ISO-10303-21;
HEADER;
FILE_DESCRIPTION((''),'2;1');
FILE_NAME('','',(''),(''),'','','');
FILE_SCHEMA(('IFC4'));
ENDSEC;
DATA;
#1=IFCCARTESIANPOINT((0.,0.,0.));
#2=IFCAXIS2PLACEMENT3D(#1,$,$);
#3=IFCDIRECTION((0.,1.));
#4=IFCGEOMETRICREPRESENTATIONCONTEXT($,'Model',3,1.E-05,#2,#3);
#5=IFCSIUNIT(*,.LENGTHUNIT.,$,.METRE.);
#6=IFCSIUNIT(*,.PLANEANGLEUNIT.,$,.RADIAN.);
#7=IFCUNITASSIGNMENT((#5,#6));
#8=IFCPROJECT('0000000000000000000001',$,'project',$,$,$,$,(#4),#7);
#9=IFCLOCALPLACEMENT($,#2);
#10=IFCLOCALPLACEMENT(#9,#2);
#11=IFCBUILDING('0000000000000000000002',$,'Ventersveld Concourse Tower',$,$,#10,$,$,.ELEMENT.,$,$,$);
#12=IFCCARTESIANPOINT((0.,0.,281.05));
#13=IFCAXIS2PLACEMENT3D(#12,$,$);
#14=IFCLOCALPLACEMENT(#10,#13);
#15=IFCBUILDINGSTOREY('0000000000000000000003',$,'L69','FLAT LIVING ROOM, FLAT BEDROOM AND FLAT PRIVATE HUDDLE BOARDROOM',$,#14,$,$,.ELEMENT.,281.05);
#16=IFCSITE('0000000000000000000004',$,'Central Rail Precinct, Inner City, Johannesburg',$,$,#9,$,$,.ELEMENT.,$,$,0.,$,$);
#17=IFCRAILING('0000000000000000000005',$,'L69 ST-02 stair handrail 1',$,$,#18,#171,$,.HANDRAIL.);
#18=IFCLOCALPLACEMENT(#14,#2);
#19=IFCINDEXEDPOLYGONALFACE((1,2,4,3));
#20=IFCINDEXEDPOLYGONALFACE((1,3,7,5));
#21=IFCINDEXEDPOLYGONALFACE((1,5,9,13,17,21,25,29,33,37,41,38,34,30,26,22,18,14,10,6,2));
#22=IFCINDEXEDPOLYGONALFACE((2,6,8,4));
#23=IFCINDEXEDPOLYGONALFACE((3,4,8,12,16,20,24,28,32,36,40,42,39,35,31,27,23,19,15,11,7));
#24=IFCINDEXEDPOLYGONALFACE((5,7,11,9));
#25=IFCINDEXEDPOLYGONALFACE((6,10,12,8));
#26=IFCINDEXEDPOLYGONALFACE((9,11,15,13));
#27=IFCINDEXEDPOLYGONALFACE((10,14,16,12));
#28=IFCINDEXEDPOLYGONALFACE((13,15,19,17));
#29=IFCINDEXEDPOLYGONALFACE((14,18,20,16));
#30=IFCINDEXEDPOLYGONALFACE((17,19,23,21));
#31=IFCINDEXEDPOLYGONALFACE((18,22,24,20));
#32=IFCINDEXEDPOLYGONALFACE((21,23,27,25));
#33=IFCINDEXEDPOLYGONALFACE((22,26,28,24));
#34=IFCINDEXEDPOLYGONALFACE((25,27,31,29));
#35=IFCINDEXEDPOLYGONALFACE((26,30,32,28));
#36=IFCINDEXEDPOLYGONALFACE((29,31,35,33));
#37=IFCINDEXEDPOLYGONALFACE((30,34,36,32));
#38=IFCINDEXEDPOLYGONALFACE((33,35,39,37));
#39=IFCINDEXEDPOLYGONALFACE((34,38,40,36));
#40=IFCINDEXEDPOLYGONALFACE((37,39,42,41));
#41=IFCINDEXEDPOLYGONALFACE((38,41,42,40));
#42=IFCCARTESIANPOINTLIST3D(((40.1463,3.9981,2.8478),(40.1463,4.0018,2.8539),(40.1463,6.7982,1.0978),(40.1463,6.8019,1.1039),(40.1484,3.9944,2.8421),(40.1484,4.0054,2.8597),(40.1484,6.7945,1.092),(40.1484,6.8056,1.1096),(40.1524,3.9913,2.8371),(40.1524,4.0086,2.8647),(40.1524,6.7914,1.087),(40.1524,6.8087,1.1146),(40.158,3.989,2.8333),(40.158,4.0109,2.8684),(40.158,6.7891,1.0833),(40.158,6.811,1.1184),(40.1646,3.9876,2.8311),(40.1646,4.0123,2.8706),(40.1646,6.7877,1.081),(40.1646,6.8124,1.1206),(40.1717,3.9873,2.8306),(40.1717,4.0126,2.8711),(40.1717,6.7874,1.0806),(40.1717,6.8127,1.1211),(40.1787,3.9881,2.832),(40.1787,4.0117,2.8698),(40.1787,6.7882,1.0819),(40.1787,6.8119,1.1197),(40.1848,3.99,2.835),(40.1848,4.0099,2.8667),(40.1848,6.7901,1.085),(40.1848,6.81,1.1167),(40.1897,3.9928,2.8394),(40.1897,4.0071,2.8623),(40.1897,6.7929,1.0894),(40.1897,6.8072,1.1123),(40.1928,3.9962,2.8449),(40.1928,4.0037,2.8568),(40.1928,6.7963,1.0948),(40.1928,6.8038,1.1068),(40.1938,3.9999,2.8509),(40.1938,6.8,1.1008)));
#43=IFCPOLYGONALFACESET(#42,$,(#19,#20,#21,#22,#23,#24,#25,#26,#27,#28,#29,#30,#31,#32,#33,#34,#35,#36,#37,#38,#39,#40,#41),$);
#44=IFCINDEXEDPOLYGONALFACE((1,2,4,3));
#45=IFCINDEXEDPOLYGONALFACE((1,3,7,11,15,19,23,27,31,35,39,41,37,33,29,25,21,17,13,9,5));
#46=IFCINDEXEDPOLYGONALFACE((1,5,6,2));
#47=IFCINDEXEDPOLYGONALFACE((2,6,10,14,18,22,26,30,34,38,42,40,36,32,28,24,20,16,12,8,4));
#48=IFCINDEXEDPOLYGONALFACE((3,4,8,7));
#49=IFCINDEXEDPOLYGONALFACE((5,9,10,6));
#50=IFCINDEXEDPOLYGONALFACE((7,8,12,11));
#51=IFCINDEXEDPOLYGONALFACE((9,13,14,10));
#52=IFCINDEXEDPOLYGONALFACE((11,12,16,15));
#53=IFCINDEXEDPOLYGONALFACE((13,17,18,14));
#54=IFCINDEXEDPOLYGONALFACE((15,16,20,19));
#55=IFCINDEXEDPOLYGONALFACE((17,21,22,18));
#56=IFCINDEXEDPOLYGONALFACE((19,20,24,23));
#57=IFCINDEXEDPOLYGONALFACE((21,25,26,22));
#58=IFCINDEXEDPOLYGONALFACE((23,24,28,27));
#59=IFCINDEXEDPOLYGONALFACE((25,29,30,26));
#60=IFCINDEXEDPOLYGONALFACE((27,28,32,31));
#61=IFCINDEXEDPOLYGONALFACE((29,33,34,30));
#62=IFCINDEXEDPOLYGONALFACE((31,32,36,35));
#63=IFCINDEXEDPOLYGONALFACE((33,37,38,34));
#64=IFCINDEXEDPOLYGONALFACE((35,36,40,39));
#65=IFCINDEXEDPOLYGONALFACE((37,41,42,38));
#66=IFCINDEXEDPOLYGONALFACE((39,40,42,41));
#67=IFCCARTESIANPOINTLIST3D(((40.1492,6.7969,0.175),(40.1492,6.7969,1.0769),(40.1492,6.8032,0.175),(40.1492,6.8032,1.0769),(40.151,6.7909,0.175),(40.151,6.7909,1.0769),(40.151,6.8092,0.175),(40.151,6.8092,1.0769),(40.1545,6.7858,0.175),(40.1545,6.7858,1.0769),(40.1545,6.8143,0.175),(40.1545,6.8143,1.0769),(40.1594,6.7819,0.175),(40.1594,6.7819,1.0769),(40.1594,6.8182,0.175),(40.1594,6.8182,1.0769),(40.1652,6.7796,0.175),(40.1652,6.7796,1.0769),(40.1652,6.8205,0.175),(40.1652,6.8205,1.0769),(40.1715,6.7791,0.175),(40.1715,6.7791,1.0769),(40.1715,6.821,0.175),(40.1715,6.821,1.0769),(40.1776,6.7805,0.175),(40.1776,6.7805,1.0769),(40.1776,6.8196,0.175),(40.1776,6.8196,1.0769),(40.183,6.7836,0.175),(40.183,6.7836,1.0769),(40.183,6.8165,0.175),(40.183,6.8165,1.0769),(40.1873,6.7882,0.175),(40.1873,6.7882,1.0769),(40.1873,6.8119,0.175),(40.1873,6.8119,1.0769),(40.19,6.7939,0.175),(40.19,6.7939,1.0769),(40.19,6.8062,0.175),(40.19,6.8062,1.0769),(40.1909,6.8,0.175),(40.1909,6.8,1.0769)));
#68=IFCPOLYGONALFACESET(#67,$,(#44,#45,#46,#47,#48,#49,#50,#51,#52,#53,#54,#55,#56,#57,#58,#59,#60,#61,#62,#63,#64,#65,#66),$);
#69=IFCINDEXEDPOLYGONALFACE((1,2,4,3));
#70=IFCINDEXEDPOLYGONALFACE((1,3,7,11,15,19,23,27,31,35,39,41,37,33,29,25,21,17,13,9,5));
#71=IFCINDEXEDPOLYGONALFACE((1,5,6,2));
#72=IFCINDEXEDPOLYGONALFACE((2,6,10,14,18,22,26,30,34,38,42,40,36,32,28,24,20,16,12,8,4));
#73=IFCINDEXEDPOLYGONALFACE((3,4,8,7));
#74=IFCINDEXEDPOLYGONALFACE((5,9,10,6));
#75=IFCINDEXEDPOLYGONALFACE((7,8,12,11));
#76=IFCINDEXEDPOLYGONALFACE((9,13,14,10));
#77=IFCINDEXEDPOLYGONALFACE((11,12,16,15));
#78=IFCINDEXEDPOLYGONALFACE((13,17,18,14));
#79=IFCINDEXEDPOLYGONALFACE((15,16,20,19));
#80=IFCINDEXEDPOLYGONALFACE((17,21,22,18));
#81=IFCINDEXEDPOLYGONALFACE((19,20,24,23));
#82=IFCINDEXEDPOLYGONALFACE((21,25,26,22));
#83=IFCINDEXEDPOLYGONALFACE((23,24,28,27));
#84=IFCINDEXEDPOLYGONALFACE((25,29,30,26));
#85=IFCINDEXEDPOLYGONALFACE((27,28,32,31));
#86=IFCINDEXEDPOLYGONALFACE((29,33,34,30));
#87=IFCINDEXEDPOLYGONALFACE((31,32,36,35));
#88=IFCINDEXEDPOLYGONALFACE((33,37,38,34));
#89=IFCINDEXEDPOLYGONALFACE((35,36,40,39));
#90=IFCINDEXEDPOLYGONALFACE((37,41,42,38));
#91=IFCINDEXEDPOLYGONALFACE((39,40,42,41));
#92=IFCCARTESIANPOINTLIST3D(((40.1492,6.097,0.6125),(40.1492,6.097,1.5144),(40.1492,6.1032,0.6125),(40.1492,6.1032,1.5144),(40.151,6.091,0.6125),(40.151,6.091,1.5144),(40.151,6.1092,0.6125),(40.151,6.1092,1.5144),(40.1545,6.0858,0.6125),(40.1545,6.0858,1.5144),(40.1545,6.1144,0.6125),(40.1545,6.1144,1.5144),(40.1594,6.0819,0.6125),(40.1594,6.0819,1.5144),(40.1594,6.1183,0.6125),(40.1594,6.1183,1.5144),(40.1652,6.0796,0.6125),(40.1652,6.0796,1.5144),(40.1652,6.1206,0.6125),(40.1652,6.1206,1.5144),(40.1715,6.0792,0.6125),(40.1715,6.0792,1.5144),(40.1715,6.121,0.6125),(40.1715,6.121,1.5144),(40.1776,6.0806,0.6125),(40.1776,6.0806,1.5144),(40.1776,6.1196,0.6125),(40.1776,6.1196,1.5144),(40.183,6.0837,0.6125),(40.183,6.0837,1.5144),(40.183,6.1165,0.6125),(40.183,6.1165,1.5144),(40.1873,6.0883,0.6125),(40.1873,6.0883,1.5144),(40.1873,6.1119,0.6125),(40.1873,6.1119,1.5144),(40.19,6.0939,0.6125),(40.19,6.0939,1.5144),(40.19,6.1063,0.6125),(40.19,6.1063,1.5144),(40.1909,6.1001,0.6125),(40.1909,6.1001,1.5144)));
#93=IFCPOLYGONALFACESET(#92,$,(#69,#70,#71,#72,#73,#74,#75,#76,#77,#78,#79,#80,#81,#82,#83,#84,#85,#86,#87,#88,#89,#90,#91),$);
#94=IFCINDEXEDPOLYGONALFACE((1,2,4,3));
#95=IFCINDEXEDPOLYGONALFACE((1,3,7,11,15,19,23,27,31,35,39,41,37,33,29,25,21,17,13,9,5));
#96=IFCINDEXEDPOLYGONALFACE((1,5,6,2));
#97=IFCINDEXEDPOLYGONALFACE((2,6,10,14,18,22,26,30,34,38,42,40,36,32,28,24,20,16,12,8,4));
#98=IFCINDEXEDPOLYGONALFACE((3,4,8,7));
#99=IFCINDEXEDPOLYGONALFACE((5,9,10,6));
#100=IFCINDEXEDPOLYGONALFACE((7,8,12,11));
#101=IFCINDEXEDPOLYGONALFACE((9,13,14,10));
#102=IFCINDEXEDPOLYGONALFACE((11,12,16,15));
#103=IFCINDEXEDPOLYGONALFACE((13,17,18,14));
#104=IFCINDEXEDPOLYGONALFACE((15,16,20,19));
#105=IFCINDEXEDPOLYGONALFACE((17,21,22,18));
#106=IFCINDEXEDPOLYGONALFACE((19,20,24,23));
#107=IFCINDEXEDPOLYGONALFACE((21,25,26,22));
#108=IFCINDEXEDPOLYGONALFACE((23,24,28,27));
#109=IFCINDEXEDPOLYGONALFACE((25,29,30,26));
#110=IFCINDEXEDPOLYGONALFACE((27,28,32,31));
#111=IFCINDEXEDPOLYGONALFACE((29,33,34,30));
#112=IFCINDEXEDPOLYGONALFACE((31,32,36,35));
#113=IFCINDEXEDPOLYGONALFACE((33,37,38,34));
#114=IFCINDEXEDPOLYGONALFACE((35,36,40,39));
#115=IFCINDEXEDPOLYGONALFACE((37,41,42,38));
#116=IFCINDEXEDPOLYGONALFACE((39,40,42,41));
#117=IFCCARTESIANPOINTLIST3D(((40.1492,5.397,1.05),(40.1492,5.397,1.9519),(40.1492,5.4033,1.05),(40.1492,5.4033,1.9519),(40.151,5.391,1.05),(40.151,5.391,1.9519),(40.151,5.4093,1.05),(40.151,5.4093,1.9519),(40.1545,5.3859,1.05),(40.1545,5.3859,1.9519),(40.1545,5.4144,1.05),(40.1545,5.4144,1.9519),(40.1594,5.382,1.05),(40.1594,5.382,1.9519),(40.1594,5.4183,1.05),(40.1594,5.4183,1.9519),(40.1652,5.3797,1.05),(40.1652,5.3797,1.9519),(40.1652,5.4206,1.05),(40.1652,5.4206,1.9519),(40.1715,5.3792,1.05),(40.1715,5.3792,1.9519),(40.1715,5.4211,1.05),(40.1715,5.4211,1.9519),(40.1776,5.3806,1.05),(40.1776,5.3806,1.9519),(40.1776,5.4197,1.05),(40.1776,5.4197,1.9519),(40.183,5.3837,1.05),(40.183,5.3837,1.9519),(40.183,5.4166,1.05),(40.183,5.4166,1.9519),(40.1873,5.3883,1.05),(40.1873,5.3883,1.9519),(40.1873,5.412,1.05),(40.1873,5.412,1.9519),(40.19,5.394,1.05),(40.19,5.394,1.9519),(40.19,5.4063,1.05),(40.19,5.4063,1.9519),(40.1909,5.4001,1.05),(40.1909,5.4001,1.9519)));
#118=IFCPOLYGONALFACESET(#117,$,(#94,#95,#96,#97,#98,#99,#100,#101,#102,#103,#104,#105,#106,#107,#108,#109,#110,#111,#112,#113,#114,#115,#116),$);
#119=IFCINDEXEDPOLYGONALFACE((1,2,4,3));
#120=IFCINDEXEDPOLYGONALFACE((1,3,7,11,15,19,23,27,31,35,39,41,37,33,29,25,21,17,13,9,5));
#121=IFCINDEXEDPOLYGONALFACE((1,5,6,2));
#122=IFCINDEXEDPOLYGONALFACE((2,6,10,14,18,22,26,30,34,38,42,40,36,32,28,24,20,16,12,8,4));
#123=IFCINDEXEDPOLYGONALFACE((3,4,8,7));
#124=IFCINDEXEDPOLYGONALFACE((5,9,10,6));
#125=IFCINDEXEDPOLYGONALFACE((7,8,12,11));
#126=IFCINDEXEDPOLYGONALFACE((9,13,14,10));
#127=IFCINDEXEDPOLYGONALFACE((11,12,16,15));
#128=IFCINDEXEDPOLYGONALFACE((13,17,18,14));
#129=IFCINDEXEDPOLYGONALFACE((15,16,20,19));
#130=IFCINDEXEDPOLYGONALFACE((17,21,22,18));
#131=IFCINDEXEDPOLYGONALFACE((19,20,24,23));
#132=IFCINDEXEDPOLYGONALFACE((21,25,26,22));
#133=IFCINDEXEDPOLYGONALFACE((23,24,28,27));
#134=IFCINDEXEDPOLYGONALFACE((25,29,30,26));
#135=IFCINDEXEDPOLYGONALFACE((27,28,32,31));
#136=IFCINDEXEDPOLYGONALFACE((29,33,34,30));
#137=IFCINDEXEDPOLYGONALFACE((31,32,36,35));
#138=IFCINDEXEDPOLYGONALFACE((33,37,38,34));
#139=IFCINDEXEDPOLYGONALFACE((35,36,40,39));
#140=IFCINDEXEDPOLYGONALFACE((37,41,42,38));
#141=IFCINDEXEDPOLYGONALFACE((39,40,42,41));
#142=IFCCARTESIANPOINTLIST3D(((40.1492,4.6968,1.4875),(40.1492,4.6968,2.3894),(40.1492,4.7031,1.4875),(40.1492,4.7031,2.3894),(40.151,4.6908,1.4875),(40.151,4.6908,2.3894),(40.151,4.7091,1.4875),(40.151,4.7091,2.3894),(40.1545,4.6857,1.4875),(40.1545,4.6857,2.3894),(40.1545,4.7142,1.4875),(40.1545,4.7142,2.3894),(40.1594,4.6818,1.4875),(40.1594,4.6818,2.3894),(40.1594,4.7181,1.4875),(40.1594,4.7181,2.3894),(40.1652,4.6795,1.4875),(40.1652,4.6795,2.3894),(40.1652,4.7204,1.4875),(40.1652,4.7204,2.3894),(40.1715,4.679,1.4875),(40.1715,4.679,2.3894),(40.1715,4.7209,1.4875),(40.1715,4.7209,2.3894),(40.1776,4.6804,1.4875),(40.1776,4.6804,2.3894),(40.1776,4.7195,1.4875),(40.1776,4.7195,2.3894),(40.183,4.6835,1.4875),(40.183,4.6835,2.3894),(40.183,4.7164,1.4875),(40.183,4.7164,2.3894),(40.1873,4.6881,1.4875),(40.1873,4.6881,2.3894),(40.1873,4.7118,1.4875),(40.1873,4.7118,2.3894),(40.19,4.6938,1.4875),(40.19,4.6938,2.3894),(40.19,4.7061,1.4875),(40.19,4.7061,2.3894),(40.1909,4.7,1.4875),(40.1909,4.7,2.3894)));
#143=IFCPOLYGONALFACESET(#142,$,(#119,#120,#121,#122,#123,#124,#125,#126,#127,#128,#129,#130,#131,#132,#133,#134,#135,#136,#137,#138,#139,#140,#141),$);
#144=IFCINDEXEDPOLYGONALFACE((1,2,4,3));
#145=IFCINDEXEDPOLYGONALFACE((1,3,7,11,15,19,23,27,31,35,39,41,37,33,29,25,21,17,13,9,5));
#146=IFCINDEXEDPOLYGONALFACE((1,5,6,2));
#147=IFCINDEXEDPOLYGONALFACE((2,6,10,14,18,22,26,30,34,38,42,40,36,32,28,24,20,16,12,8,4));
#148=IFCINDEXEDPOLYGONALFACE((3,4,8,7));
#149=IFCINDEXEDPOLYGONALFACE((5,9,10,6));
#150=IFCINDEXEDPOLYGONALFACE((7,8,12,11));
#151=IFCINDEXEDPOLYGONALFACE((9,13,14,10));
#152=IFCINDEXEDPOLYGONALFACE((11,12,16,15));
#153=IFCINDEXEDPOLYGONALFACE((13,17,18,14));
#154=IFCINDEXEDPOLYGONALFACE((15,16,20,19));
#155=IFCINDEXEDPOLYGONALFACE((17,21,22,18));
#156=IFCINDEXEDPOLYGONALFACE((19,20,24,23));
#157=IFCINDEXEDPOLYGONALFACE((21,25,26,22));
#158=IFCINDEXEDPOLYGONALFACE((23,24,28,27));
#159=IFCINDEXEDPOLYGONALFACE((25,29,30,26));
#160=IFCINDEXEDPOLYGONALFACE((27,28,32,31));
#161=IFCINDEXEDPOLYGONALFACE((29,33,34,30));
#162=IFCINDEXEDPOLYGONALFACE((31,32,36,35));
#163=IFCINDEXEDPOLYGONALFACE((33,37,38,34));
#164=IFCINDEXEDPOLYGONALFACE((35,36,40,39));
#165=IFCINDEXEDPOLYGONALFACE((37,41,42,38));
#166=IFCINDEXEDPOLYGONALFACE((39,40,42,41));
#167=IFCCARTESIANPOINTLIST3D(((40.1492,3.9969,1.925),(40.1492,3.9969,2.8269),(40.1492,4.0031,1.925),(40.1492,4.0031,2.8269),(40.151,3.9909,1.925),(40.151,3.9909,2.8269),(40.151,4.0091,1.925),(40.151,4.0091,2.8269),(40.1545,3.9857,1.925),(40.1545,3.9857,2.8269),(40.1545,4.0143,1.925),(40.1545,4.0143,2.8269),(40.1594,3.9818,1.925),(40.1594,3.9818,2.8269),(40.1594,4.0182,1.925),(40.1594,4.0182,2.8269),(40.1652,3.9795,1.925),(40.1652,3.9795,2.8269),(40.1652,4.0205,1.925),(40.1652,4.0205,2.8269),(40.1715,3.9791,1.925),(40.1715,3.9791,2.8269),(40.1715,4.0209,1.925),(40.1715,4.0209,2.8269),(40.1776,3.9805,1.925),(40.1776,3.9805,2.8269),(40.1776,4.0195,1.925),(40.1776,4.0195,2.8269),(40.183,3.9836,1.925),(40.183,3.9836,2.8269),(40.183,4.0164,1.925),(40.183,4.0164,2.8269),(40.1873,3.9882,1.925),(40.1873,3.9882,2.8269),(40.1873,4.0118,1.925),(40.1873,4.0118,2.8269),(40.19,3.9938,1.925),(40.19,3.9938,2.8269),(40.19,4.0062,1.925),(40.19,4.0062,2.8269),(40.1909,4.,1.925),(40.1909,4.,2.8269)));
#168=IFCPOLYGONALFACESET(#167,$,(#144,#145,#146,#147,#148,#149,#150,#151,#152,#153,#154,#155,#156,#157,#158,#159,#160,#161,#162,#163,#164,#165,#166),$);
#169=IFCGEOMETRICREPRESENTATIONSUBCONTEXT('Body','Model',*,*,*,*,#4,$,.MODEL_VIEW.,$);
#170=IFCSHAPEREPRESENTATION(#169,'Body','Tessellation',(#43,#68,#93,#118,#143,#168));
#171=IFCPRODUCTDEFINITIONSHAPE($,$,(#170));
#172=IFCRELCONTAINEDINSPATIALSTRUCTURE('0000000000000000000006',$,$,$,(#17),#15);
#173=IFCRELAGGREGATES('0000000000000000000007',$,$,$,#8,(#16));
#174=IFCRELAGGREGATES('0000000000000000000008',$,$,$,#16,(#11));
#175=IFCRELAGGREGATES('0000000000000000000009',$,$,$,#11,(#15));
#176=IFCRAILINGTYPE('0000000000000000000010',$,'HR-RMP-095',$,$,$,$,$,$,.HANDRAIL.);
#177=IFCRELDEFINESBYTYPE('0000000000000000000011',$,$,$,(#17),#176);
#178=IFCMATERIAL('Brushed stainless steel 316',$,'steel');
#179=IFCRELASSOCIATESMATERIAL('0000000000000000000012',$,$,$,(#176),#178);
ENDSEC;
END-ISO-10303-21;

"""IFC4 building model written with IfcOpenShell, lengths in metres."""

from ifc_helpers import new_model, si_unit, direction, frame, origin, origin_2d, place, context, subcontext, project, spatial, circle, extrude, material, type_object, element, save


model = new_model("IFC4")

# Units and contexts
model_context = context("Model", 3, precision=1e-05, world=origin(), true_north=direction((0.0, 1.0)))
body_context = subcontext(model_context, "Body", "Model", "MODEL_VIEW")
ifc_project = project(units=[si_unit("LENGTHUNIT", "METRE"), si_unit("PLANEANGLEUNIT", "RADIAN")], contexts=[model_context])

# Site, building, storey
site_placement = place(None, origin())
site = spatial("IfcSite", under=ifc_project, at=site_placement, Name="Central Rail Precinct, Inner City, Johannesburg", CompositionType="ELEMENT", RefElevation=0.0)
building_placement = place(site_placement, origin())
building = spatial("IfcBuilding", under=site, at=building_placement, Name="Ventersveld Concourse Tower", CompositionType="ELEMENT")
storey_placement = place(building_placement, frame((0.0, 0.0, 281.05)))
storey = spatial("IfcBuildingStorey", under=building, at=storey_placement, Name="L69", Description="FLAT LIVING ROOM, FLAT BEDROOM AND FLAT PRIVATE HUDDLE BOARDROOM", CompositionType="ELEMENT", Elevation=281.05)

# Shared definitions
ifc_material_1 = material(Name="Brushed stainless steel 316", Category="steel")

# Railing
railing_type_1 = type_object("IfcRailingType", Name="HR-RMP-095", PredefinedType="HANDRAIL", material=ifc_material_1)
railing_1_placement = place(storey_placement, frame((40.1699, 6.8, 0.175)))
element("IfcRailing", 1, at=railing_1_placement, inside=storey, type_object=railing_type_1, Name="L69 ST-02 stair handrail 1", PredefinedType="HANDRAIL", context=body_context, shape_type="SweptSolid", body=[
    extrude(circle(Radius=0.0239, at=origin_2d()), frame((0.0, 0.0, 0.9258), z_axis=(0.0, -0.848002, 0.529992), x_axis=(1.0, 0.0, 0.0)), (0.0, 0.0, 1.0), 3.302),
    extrude(circle(Radius=0.021, at=origin_2d()), origin(), (0.0, 0.0, 1.0), 0.9019),
    extrude(circle(Radius=0.021, at=origin_2d()), frame((0.0, -0.7, 0.4375)), (0.0, 0.0, 1.0), 0.9019),
    extrude(circle(Radius=0.021, at=origin_2d()), frame((0.0, -1.3999, 0.875)), (0.0, 0.0, 1.0), 0.9019),
    extrude(circle(Radius=0.021, at=origin_2d()), frame((0.0, -2.1001, 1.3125)), (0.0, 0.0, 1.0), 0.9019),
    extrude(circle(Radius=0.021, at=origin_2d()), frame((0.0, -2.8, 1.75)), (0.0, 0.0, 1.0), 0.9019),
])

save(model, "model.ifc")
